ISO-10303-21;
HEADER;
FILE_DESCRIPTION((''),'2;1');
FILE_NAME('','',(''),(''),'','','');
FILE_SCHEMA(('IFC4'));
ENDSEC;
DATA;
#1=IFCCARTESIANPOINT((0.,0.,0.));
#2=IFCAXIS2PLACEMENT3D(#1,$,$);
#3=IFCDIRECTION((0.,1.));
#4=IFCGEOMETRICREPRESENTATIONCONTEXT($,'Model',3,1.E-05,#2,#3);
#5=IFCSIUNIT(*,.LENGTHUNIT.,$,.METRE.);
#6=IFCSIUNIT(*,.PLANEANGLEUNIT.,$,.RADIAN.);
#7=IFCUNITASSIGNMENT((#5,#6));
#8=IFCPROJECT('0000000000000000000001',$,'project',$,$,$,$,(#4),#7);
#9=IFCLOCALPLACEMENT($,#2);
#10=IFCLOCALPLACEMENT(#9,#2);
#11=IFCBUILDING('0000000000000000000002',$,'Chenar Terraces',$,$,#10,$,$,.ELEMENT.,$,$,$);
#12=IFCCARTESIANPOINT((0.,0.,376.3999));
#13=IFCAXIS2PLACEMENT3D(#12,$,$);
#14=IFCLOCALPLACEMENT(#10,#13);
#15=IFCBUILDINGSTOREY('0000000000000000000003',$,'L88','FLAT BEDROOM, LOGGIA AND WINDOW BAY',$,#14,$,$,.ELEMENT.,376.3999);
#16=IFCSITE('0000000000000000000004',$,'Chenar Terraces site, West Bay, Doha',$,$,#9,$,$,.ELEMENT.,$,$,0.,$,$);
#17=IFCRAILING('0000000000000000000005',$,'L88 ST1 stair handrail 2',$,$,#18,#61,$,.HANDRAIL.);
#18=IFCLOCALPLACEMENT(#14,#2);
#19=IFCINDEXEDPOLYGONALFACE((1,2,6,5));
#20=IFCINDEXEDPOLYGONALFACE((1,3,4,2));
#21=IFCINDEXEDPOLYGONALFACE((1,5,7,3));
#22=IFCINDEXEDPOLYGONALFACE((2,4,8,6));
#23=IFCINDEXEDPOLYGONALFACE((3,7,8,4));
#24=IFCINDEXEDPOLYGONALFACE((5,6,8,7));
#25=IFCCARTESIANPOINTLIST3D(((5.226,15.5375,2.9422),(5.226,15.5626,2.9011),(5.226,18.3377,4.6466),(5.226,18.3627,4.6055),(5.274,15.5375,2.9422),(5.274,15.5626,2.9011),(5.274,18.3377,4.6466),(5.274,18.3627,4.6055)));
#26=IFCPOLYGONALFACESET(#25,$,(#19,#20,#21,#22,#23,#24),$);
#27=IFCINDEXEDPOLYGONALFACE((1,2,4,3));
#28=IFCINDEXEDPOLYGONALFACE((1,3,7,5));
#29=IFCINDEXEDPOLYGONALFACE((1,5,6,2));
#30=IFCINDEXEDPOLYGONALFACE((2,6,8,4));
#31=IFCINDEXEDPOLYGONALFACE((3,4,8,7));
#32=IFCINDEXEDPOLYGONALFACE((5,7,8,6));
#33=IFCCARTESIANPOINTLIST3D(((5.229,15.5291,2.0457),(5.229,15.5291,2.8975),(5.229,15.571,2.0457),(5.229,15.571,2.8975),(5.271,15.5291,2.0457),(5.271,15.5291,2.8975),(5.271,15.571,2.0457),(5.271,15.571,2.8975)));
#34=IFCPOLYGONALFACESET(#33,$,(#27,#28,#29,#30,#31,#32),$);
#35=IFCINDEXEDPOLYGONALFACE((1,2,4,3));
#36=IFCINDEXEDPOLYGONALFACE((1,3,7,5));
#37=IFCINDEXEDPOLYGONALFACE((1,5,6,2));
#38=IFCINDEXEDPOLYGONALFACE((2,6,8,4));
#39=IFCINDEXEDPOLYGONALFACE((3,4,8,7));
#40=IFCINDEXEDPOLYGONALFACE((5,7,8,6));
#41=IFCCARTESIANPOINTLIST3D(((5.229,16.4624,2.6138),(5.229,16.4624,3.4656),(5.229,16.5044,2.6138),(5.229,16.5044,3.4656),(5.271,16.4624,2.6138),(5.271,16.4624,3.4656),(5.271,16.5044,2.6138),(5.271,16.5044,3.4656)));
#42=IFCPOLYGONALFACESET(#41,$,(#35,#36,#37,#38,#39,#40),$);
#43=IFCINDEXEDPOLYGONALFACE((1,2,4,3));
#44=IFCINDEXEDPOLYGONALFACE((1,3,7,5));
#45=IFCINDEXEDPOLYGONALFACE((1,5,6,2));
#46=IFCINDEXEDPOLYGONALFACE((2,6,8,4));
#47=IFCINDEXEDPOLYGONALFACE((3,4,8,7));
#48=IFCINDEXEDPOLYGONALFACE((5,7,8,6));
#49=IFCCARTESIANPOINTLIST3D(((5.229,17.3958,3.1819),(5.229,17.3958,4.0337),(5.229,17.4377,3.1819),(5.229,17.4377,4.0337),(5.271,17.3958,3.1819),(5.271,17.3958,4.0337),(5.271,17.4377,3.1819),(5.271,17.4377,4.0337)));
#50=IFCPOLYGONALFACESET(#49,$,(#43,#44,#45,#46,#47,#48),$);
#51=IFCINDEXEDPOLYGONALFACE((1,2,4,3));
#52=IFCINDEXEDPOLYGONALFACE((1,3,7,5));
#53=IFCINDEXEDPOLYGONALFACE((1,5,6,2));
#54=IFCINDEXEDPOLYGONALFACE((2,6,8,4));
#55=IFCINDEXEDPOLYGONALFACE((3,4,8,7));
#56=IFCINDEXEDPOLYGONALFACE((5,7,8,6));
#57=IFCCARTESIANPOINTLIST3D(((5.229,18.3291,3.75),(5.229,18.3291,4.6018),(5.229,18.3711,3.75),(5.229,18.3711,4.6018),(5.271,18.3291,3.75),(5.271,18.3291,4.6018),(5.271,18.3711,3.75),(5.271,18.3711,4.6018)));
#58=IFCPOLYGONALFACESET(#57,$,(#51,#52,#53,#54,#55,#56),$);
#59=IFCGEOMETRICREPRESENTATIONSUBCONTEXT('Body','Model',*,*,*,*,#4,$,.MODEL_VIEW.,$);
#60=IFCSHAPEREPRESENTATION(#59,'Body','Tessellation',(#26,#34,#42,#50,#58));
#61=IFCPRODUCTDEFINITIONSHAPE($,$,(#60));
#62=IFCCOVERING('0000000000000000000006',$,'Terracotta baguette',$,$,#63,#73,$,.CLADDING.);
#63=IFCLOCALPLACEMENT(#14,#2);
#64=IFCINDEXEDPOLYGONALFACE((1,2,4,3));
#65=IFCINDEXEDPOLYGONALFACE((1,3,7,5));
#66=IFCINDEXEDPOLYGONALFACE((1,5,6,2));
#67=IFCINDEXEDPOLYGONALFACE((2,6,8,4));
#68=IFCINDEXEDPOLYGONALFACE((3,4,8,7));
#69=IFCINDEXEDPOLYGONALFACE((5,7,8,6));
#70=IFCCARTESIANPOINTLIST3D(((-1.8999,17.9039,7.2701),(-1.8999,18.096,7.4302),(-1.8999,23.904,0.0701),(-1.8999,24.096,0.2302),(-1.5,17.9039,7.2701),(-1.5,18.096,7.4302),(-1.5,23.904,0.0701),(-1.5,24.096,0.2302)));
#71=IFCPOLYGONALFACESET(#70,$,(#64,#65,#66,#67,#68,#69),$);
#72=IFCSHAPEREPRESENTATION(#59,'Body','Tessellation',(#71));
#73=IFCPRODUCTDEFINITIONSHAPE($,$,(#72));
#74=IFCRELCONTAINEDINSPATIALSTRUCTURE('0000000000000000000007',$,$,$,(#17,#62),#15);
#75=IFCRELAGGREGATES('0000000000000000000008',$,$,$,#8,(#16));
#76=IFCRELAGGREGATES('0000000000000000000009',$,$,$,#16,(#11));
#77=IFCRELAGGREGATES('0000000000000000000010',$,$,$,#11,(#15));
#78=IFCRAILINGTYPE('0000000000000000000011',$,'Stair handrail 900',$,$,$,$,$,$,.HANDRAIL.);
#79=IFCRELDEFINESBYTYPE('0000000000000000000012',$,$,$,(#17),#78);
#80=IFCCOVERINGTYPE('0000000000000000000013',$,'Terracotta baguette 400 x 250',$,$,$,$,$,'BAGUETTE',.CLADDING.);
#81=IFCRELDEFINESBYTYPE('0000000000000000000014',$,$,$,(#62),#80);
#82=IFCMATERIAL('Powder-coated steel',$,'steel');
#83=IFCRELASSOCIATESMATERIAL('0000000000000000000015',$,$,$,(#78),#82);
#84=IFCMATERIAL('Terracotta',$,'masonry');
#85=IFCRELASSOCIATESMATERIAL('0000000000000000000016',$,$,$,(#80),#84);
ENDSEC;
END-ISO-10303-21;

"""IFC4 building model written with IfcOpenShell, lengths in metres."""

from ifc_helpers import new_model, si_unit, direction, frame, origin, origin_2d, place, context, subcontext, project, spatial, rectangle, extrude, material, material_profile, profile_set, type_object, element, save


model = new_model("IFC4")

# Units and contexts
model_context = context("Model", 3, precision=1e-05, world=origin(), true_north=direction((0.0, 1.0)))
body_context = subcontext(model_context, "Body", "Model", "MODEL_VIEW")
ifc_project = project(units=[si_unit("LENGTHUNIT", "METRE"), si_unit("PLANEANGLEUNIT", "RADIAN")], contexts=[model_context])

# Site, building, storey
site_placement = place(None, origin())
site = spatial("IfcSite", under=ifc_project, at=site_placement, Name="Chenar Terraces site, West Bay, Doha", CompositionType="ELEMENT", RefElevation=0.0)
building_placement = place(site_placement, origin())
building = spatial("IfcBuilding", under=site, at=building_placement, Name="Chenar Terraces", CompositionType="ELEMENT")
storey_placement = place(building_placement, frame((0.0, 0.0, 376.3999)))
storey = spatial("IfcBuildingStorey", under=building, at=storey_placement, Name="L88", Description="FLAT BEDROOM, LOGGIA AND WINDOW BAY", CompositionType="ELEMENT", Elevation=376.3999)

# Railing
ifc_material_1 = material(Name="Powder-coated steel", Category="steel")
railing_type_1 = type_object("IfcRailingType", Name="Stair handrail 900", PredefinedType="HANDRAIL", material=ifc_material_1)
railing_1_placement = place(storey_placement, frame((5.25, 15.55, 2.0457)))
element("IfcRailing", 1, at=railing_1_placement, inside=storey, type_object=railing_type_1, Name="L88 ST1 stair handrail 2", PredefinedType="HANDRAIL", context=body_context, shape_type="SweptSolid", body=[
    extrude(rectangle(XDim=0.0481, YDim=0.0481, at=origin_2d()), frame((0.0, 0.0, 0.876), z_axis=(0.0, 0.854203, 0.51994), x_axis=(-1.0, 0.0, 0.0)), (0.0, 0.0, 1.0), 3.2781),
    extrude(rectangle(XDim=0.042, YDim=0.042, at=origin_2d()), origin(), (0.0, 0.0, 1.0), 0.8518),
    extrude(rectangle(XDim=0.042, YDim=0.042, at=origin_2d()), frame((0.0, 0.9333, 0.5681)), (0.0, 0.0, 1.0), 0.8518),
    extrude(rectangle(XDim=0.042, YDim=0.042, at=origin_2d()), frame((0.0, 1.8667, 1.1362)), (0.0, 0.0, 1.0), 0.8518),
    extrude(rectangle(XDim=0.042, YDim=0.042, at=origin_2d()), frame((0.0, 2.8, 1.7043)), (0.0, 0.0, 1.0), 0.8518),
])

# Covering
ifc_material_2 = material(Name="Terracotta", Category="masonry")
ifc_material_profile_1 = material_profile(ifc_material_2, rectangle(XDim=0.3999, YDim=0.25, at=origin_2d()), Name="Terracotta baguette 400 x 250")
ifc_profile_set_1 = profile_set([ifc_material_profile_1], Name="Terracotta")
covering_type = type_object("IfcCoveringType", Name="Terracotta baguette 400 x 250", ElementType="BAGUETTE", PredefinedType="CLADDING", material=ifc_profile_set_1)
covering_placement = place(storey_placement, frame((-1.7, 24.0, 0.1501), z_axis=(0.0, -0.640187, 0.768219), x_axis=(1.0, 0.0, 0.0)))
element("IfcCovering", 2, at=covering_placement, inside=storey, type_object=covering_type, Name="Terracotta baguette", PredefinedType="CLADDING", context=body_context, shape_type="SweptSolid", body=[
    extrude(rectangle(XDim=0.3999, YDim=0.25, at=origin_2d()), origin(), (0.0, 0.0, 1.0), 9.3723),
])

save(model, "model.ifc")
